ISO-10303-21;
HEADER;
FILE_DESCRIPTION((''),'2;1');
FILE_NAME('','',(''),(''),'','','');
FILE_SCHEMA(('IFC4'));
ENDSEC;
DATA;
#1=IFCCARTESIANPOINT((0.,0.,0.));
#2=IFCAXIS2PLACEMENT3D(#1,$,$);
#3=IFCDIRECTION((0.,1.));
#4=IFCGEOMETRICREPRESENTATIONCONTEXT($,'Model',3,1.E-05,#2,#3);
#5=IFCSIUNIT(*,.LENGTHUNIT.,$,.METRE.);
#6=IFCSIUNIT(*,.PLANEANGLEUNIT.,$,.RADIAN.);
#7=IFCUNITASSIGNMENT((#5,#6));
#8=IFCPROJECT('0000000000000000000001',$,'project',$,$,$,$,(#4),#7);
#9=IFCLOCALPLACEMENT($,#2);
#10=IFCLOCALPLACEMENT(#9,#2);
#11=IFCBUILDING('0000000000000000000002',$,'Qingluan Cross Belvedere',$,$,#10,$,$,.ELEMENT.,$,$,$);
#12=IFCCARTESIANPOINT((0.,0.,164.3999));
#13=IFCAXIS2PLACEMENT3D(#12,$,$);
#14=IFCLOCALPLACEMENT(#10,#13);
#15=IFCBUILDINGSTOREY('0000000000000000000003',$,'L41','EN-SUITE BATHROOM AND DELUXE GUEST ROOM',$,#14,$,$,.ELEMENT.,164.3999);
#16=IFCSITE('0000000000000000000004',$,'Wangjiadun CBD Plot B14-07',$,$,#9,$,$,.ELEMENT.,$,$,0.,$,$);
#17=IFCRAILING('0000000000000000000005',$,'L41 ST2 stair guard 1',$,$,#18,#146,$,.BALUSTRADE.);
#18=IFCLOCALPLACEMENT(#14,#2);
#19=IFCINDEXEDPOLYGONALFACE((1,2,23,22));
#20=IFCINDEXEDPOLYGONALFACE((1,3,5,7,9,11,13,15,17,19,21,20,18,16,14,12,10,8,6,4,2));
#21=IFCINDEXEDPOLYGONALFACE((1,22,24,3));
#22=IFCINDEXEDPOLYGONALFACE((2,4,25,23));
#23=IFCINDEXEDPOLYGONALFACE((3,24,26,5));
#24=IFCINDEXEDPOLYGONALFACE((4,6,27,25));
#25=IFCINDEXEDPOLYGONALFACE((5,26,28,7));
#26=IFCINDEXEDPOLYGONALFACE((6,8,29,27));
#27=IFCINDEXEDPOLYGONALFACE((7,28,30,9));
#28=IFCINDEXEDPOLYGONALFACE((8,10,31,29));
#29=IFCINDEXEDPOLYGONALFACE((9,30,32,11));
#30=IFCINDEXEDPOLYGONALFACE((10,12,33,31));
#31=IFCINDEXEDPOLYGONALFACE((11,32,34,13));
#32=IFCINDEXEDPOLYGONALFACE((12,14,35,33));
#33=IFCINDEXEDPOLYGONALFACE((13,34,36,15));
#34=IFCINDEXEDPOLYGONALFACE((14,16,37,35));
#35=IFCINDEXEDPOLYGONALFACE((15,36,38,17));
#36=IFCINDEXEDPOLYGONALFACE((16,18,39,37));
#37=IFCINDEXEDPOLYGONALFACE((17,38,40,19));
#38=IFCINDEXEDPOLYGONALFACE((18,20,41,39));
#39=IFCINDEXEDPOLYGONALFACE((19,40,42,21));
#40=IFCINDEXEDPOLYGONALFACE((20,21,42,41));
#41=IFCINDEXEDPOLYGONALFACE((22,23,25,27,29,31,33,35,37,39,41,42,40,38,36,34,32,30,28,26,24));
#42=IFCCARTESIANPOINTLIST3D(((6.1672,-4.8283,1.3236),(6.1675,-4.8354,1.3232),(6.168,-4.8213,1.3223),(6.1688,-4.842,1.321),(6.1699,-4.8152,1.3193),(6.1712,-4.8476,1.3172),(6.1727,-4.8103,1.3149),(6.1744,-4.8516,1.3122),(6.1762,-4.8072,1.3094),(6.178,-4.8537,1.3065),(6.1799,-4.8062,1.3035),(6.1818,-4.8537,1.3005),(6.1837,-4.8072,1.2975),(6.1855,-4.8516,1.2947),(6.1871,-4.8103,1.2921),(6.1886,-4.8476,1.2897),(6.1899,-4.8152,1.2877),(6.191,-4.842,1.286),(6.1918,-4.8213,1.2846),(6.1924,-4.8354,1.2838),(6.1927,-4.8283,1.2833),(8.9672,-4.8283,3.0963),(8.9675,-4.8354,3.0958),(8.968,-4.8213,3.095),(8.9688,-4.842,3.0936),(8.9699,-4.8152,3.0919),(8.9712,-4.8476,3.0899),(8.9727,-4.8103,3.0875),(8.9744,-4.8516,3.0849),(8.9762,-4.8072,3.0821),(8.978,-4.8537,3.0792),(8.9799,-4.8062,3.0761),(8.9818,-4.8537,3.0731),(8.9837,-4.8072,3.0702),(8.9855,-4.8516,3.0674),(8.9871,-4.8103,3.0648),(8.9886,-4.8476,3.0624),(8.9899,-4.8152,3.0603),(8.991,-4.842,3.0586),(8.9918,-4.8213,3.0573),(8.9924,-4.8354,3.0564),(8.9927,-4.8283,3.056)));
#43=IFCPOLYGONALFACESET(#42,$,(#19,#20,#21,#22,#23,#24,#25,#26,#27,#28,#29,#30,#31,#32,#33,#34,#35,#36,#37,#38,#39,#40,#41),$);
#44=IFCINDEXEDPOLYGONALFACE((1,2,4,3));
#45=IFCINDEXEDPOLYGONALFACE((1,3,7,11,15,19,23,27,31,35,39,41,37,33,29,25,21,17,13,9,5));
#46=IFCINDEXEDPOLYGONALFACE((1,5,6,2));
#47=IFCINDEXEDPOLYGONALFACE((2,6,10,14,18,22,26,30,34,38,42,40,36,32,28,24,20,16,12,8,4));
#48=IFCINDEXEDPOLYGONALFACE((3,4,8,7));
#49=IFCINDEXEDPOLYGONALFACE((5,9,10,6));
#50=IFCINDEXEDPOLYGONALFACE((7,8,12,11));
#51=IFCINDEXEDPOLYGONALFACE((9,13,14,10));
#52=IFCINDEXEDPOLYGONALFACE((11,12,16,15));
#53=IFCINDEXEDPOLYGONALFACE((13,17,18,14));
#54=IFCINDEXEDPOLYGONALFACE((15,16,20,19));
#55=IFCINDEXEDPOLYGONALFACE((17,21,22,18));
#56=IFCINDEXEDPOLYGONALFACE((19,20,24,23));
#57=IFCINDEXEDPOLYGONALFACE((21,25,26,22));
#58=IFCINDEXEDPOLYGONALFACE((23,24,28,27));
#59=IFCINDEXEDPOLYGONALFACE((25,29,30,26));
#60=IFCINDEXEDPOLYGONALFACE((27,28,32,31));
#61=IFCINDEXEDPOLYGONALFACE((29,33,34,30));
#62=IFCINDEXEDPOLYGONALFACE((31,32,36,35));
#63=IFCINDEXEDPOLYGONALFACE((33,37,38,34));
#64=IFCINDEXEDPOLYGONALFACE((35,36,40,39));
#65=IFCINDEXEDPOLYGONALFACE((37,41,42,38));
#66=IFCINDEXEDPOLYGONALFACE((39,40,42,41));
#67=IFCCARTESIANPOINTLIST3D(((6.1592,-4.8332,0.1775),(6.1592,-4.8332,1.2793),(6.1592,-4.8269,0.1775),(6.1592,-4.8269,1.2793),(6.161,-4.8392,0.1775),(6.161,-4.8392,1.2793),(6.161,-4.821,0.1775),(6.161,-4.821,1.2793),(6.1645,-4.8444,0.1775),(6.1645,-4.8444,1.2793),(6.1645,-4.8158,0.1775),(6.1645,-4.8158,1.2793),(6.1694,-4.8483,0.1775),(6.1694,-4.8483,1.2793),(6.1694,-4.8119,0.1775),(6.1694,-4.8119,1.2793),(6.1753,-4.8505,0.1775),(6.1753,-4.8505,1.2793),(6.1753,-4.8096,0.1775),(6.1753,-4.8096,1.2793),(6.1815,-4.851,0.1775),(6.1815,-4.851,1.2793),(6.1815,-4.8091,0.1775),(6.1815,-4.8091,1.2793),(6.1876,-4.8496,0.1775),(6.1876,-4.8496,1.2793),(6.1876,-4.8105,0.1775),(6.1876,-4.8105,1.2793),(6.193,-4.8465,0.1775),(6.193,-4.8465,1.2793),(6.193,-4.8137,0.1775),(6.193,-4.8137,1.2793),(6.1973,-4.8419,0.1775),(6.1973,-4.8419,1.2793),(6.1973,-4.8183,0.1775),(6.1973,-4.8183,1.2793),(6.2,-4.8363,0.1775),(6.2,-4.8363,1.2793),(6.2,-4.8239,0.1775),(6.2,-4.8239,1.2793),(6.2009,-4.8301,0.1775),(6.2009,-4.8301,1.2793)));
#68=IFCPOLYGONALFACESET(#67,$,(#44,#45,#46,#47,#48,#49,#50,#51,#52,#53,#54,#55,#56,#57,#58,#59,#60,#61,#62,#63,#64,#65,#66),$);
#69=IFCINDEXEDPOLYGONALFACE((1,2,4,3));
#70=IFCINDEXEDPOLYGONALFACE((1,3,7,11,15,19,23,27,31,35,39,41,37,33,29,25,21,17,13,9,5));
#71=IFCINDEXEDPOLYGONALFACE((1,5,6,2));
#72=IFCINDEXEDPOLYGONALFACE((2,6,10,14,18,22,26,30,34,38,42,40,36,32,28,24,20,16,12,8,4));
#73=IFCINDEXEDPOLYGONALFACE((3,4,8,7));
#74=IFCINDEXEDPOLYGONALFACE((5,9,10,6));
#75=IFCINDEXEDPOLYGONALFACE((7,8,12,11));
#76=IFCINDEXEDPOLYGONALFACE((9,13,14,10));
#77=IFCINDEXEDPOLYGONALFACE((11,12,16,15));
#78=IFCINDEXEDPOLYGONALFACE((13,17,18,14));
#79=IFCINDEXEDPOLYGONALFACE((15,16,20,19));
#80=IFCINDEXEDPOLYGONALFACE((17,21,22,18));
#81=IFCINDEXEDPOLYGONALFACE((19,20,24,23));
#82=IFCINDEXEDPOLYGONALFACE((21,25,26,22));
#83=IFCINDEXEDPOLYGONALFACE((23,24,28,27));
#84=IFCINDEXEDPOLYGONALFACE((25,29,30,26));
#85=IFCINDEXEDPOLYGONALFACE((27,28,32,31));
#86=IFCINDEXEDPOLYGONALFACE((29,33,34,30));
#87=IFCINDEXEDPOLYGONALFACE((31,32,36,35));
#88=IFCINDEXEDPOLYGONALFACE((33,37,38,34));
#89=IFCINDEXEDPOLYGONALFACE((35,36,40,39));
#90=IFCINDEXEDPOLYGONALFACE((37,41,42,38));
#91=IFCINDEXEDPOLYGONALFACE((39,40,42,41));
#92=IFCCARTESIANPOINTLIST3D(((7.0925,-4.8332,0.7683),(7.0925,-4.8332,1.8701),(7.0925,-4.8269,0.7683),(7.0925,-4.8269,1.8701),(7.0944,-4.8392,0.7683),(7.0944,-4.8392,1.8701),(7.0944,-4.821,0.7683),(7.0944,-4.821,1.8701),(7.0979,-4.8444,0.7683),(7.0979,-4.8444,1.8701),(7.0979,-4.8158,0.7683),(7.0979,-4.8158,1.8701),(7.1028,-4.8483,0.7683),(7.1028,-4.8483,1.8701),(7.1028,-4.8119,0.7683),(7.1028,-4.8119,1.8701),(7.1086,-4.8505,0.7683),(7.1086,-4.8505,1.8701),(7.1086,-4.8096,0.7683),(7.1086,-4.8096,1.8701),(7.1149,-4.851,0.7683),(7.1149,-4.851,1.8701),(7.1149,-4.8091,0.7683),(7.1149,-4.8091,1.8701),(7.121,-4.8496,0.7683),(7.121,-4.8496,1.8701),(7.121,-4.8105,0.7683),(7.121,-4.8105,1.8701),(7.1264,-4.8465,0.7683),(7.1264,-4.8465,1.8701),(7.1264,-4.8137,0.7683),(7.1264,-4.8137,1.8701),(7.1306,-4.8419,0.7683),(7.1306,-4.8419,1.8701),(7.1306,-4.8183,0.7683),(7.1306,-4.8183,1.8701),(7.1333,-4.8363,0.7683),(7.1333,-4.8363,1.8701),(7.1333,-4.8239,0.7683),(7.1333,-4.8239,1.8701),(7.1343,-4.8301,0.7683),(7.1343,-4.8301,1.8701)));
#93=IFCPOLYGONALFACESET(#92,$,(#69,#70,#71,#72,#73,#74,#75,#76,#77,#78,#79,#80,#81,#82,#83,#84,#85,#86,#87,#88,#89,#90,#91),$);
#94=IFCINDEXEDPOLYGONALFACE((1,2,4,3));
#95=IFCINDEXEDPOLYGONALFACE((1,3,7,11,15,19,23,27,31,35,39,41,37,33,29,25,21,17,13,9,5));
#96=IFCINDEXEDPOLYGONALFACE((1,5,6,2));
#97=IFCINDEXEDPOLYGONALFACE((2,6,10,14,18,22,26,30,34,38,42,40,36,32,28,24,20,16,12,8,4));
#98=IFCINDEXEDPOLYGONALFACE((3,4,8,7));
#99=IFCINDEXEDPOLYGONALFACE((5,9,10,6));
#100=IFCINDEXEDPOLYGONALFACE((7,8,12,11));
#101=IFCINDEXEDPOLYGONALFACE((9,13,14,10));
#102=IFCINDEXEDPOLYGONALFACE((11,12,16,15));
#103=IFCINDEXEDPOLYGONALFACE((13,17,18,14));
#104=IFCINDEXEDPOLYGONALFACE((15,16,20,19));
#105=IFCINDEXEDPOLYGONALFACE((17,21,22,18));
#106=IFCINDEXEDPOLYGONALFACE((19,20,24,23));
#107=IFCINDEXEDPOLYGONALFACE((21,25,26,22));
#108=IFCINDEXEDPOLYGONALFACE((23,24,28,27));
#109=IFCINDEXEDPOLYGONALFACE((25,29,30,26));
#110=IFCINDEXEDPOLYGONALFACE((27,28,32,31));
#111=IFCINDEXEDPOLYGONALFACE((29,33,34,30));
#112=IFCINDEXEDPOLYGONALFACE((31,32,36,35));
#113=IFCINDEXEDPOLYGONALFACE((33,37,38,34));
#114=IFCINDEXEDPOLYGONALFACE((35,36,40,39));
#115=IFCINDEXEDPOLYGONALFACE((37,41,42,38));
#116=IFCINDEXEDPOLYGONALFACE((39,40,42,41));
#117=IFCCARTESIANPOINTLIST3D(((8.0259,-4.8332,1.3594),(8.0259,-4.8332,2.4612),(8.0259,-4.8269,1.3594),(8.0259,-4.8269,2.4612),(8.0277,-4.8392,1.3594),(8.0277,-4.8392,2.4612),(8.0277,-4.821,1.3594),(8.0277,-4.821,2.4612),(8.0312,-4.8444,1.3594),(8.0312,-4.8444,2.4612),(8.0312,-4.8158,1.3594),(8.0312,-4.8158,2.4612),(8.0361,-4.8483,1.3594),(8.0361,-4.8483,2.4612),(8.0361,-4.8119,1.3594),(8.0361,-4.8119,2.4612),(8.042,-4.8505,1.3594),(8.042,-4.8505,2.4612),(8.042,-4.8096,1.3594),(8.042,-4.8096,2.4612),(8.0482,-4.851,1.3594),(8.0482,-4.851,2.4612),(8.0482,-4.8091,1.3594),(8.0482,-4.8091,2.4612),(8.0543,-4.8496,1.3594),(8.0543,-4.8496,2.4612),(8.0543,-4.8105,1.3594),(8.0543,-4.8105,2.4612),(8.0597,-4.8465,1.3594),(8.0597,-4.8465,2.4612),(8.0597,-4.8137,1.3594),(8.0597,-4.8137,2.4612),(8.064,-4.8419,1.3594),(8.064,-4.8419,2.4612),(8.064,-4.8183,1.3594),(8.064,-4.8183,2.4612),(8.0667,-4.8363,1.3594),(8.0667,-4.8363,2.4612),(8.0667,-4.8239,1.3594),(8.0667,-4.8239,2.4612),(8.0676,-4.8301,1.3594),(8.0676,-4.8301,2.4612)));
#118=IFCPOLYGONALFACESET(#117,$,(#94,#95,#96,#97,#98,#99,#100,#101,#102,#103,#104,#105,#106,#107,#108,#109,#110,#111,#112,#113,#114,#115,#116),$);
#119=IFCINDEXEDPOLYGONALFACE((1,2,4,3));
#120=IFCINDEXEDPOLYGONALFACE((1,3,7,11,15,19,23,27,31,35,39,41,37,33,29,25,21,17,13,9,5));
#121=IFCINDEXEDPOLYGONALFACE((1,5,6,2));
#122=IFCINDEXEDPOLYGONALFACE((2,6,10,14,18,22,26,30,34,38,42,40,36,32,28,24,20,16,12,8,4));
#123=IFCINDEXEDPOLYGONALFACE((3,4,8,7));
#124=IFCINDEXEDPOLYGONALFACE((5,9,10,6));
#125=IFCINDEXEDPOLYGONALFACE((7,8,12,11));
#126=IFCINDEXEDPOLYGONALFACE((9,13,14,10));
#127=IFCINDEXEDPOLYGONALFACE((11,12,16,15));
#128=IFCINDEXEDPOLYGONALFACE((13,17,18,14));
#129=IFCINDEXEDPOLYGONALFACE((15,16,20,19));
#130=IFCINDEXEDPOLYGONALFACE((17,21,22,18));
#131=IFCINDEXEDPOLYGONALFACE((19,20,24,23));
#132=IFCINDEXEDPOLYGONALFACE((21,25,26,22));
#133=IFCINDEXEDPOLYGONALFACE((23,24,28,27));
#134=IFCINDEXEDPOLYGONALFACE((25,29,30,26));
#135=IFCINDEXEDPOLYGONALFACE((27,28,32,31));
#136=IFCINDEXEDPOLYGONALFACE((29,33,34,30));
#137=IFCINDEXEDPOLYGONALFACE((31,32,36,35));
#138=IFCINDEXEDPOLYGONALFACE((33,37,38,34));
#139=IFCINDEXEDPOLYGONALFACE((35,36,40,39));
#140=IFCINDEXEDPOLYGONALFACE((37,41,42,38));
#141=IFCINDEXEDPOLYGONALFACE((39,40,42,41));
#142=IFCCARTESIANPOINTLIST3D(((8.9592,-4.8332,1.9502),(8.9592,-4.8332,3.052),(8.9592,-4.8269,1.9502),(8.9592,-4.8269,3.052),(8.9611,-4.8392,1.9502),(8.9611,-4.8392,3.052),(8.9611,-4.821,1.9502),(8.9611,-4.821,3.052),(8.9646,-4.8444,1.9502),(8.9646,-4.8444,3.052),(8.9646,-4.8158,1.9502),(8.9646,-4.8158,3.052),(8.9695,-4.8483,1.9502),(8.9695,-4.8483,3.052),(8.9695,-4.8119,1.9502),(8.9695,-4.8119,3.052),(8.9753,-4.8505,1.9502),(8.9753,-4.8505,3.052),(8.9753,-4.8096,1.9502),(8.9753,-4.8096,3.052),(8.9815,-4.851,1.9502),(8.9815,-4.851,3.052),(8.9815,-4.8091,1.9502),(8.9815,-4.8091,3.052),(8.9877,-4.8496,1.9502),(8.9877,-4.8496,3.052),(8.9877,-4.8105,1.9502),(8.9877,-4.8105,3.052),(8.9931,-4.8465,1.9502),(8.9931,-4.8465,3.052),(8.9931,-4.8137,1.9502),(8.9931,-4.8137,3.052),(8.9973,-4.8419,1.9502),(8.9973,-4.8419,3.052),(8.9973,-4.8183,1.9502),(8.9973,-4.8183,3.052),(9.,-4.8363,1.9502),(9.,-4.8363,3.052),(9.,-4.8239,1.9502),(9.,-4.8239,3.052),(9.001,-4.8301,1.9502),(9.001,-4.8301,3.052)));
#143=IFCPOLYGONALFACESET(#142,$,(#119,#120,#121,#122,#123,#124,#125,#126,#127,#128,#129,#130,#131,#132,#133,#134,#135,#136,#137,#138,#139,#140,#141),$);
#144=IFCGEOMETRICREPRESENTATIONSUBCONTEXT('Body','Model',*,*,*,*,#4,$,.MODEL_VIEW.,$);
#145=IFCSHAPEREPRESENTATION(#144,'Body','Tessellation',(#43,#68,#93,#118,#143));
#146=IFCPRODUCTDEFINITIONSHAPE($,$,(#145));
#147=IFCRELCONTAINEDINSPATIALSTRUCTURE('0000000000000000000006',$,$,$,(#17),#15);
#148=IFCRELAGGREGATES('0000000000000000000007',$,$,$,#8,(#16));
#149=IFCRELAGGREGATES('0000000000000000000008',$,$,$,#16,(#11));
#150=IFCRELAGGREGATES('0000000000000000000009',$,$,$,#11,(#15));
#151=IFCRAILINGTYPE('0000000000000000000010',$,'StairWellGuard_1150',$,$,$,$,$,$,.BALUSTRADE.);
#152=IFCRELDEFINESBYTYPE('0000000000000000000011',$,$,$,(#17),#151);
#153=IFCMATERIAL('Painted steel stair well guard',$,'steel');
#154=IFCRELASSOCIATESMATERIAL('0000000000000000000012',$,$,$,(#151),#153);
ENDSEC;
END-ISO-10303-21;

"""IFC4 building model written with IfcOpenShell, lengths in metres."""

from ifc_helpers import new_model, si_unit, direction, frame, origin, origin_2d, place, context, subcontext, project, spatial, circle, extrude, material, type_object, element, save


model = new_model("IFC4")

# Units and contexts
model_context = context("Model", 3, precision=1e-05, world=origin(), true_north=direction((0.0, 1.0)))
body_context = subcontext(model_context, "Body", "Model", "MODEL_VIEW")
ifc_project = project(units=[si_unit("LENGTHUNIT", "METRE"), si_unit("PLANEANGLEUNIT", "RADIAN")], contexts=[model_context])

# Site, building, storey
site_placement = place(None, origin())
site = spatial("IfcSite", under=ifc_project, at=site_placement, Name="Wangjiadun CBD Plot B14-07", CompositionType="ELEMENT", RefElevation=0.0)
building_placement = place(site_placement, origin())
building = spatial("IfcBuilding", under=site, at=building_placement, Name="Qingluan Cross Belvedere", CompositionType="ELEMENT")
storey_placement = place(building_placement, frame((0.0, 0.0, 164.3999)))
storey = spatial("IfcBuildingStorey", under=building, at=storey_placement, Name="L41", Description="EN-SUITE BATHROOM AND DELUXE GUEST ROOM", CompositionType="ELEMENT", Elevation=164.3999)

# Railing
ifc_material_1 = material(Name="Painted steel stair well guard", Category="steel")
railing_type_1 = type_object("IfcRailingType", Name="StairWellGuard_1150", PredefinedType="BALUSTRADE", material=ifc_material_1)
railing_1_placement = place(storey_placement, frame((6.1799, -4.8301, 0.1775)))
element("IfcRailing", 1, at=railing_1_placement, inside=storey, type_object=railing_type_1, Name="L41 ST2 stair guard 1", PredefinedType="BALUSTRADE", context=body_context, shape_type="SweptSolid", body=[
    extrude(circle(Radius=0.0239, at=origin_2d()), frame((0.0, 0.0, 1.126), z_axis=(0.844909, 0.0, 0.53491), x_axis=(0.0, 1.0, 0.0)), (0.0, 0.0, 1.0), 3.314),
    extrude(circle(Radius=0.021, at=origin_2d()), origin(), (0.0, 0.0, 1.0), 1.1018),
    extrude(circle(Radius=0.021, at=origin_2d()), frame((0.9333, 0.0, 0.5908)), (0.0, 0.0, 1.0), 1.1018),
    extrude(circle(Radius=0.021, at=origin_2d()), frame((1.8667, 0.0, 1.1819)), (0.0, 0.0, 1.0), 1.1018),
    extrude(circle(Radius=0.021, at=origin_2d()), frame((2.8, 0.0, 1.7727)), (0.0, 0.0, 1.0), 1.1018),
])

save(model, "model.ifc")
